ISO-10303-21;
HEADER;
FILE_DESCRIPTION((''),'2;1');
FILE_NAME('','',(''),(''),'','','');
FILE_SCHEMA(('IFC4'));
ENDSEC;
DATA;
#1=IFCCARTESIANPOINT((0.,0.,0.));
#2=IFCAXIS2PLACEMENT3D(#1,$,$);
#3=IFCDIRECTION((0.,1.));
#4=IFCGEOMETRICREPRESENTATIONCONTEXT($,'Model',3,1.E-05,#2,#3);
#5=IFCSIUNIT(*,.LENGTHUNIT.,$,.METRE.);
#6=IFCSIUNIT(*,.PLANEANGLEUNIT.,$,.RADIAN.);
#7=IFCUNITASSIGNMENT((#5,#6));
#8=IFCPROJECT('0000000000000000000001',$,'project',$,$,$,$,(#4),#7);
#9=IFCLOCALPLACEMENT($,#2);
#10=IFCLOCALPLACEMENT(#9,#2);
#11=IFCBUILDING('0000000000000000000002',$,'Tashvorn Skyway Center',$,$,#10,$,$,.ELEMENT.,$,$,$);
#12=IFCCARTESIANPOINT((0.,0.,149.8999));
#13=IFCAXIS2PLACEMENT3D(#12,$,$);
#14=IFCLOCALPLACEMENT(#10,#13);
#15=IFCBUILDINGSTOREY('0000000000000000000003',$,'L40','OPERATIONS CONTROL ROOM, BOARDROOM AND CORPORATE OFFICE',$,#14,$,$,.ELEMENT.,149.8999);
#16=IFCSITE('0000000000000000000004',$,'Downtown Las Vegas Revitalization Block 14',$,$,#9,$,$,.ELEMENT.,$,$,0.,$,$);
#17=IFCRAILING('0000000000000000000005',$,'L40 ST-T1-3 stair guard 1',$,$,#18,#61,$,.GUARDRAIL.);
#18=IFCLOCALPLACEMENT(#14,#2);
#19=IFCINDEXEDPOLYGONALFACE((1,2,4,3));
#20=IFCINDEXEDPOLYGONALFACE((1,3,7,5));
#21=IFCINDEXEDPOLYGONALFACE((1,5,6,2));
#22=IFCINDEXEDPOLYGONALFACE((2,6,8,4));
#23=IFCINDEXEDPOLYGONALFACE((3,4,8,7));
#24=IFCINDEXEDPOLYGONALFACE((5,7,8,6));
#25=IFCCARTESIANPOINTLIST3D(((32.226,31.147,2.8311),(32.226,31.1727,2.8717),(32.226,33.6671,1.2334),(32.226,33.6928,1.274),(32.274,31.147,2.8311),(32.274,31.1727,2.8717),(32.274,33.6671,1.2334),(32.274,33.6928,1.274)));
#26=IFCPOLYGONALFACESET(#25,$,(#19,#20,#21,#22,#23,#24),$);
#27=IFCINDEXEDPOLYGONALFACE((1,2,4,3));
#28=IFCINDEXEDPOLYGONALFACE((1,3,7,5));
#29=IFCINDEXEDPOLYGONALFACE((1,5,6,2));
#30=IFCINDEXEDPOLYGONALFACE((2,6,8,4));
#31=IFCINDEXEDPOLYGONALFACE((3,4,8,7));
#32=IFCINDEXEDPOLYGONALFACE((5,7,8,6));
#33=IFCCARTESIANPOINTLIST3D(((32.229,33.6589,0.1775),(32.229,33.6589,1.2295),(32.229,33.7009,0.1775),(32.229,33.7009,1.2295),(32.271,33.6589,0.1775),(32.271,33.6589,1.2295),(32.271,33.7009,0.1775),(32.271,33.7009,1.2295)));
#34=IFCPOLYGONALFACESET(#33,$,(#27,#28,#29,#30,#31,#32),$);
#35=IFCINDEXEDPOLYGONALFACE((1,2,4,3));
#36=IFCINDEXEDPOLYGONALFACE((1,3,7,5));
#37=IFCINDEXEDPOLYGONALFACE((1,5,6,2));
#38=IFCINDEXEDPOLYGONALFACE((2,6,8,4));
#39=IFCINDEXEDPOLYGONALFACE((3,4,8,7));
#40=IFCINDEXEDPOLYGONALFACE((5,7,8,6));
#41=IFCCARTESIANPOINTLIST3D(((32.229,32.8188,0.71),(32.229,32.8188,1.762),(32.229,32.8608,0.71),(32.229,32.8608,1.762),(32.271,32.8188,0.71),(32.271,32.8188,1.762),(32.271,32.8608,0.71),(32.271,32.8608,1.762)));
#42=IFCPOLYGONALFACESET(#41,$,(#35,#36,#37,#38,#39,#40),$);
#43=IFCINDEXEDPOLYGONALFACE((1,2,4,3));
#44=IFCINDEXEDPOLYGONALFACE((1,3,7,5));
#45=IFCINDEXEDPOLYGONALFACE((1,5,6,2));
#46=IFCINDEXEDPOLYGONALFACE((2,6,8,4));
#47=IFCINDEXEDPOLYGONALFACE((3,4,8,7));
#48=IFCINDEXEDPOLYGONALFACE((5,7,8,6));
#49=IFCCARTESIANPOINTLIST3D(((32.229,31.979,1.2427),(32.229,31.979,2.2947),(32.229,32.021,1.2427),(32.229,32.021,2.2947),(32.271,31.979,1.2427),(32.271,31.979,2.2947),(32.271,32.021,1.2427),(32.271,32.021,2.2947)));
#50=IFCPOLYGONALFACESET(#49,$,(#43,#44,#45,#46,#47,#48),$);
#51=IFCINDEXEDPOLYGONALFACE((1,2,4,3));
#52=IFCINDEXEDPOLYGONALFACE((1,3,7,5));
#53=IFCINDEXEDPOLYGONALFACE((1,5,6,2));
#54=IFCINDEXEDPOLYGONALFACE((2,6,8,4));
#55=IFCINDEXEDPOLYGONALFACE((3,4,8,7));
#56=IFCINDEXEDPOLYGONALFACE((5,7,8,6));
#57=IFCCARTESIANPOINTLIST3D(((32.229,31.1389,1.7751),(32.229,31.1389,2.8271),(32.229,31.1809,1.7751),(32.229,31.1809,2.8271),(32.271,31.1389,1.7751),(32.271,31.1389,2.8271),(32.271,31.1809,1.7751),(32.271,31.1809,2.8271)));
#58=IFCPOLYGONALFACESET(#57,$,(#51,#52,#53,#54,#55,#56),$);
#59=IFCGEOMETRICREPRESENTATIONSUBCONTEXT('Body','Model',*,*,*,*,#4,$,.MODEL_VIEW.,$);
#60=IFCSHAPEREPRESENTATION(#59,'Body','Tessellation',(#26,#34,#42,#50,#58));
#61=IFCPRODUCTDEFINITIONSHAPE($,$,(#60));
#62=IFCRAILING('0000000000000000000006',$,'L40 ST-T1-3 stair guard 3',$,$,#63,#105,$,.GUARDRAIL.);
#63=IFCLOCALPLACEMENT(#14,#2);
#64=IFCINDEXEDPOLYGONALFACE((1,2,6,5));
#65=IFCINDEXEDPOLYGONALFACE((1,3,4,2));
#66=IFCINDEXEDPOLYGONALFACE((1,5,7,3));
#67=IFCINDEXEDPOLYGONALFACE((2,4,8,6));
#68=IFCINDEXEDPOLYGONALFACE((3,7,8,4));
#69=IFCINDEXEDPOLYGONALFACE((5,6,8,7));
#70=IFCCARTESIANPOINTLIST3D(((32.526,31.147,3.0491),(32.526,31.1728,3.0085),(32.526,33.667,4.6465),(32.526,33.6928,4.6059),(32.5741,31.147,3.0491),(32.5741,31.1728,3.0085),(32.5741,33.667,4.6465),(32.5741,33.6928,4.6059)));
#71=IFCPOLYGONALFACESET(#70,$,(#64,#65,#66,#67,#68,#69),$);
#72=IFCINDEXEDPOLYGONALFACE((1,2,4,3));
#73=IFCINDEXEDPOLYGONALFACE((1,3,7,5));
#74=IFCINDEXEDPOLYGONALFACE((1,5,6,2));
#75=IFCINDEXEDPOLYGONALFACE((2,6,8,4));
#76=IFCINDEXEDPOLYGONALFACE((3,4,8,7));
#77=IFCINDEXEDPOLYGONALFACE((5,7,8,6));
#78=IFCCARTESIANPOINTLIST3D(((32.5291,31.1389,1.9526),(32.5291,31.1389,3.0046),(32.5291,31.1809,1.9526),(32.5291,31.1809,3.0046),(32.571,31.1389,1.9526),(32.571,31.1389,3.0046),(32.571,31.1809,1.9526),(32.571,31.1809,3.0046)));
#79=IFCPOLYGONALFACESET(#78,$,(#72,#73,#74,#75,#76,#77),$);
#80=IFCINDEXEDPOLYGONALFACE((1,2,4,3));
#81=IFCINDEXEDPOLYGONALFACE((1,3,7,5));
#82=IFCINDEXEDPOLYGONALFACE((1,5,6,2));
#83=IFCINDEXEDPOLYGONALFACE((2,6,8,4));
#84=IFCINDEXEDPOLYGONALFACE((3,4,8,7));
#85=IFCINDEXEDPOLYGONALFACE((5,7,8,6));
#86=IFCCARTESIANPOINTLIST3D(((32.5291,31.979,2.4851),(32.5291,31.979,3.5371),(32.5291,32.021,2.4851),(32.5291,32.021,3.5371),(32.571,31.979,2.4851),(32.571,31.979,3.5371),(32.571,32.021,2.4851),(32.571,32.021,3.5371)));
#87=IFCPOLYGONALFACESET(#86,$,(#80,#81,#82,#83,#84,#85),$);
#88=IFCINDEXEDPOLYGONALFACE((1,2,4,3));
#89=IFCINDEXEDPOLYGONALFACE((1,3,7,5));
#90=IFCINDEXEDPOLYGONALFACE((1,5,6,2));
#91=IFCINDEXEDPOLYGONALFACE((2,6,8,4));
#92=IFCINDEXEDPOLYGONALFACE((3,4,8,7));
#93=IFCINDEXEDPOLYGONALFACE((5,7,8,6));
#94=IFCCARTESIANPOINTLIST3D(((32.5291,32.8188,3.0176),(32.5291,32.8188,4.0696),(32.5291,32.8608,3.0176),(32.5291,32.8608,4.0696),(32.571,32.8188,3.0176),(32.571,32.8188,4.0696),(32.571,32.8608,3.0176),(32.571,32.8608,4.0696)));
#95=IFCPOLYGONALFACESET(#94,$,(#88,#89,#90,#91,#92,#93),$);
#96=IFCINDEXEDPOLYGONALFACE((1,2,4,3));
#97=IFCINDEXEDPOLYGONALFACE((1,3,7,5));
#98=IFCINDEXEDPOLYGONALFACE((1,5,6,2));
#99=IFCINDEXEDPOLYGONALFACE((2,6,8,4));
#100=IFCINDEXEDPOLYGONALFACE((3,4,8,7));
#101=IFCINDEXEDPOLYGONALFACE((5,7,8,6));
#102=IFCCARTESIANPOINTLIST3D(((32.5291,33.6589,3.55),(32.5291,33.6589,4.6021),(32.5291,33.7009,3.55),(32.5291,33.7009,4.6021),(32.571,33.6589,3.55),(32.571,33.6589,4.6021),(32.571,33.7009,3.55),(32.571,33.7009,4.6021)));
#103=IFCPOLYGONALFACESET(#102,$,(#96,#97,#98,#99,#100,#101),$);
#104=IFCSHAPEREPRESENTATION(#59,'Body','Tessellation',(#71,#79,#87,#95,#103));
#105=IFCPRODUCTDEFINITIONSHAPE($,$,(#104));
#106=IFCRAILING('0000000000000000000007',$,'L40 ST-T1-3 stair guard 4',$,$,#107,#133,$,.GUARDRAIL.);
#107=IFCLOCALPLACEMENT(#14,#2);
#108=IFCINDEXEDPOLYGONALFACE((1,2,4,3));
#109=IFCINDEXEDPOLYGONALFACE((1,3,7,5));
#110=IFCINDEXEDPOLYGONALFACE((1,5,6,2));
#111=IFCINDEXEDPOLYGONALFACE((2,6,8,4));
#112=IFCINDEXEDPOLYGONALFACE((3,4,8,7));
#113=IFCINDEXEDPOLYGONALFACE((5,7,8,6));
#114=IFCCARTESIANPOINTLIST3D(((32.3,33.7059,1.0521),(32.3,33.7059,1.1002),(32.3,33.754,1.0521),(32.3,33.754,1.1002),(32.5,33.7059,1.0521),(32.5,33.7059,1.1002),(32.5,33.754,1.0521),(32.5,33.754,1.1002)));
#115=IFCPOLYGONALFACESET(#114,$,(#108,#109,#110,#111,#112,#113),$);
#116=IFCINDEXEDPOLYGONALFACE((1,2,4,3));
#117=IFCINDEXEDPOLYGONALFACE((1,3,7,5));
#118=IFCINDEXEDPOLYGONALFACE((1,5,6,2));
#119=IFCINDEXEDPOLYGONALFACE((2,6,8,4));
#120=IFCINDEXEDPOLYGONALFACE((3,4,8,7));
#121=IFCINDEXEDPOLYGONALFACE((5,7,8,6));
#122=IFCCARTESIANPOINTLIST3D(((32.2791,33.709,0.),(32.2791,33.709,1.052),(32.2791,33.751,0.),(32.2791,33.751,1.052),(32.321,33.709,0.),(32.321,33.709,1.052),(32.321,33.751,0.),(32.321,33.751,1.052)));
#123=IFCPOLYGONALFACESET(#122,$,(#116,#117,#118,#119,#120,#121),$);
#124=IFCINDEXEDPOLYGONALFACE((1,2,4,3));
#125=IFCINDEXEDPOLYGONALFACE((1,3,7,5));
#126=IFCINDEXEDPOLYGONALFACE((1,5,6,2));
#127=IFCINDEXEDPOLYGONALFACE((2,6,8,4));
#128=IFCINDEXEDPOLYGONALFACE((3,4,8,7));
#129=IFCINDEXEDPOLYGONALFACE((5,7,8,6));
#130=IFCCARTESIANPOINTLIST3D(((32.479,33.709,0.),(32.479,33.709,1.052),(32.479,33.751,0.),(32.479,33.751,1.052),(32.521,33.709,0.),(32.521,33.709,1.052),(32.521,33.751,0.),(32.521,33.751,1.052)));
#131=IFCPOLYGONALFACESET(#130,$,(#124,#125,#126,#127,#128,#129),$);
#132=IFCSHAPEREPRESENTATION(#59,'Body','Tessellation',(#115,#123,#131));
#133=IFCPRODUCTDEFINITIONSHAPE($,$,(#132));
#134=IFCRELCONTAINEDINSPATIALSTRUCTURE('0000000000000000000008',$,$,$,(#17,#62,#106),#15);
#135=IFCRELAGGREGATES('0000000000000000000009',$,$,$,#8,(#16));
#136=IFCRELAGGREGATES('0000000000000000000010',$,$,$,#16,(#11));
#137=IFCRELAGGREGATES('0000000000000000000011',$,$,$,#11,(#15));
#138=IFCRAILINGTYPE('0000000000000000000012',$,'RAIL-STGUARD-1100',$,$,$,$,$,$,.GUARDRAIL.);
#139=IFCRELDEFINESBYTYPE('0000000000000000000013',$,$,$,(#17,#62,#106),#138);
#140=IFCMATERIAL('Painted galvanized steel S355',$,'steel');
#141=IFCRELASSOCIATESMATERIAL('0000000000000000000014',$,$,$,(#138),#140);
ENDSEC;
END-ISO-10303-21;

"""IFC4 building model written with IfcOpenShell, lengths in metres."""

from ifc_helpers import new_model, si_unit, direction, frame, origin, origin_2d, place, context, subcontext, project, spatial, rectangle, extrude, material, type_object, element, save


model = new_model("IFC4")

# Units and contexts
model_context = context("Model", 3, precision=1e-05, world=origin(), true_north=direction((0.0, 1.0)))
body_context = subcontext(model_context, "Body", "Model", "MODEL_VIEW")
ifc_project = project(units=[si_unit("LENGTHUNIT", "METRE"), si_unit("PLANEANGLEUNIT", "RADIAN")], contexts=[model_context])

# Site, building, storey
site_placement = place(None, origin())
site = spatial("IfcSite", under=ifc_project, at=site_placement, Name="Downtown Las Vegas Revitalization Block 14", CompositionType="ELEMENT", RefElevation=0.0)
building_placement = place(site_placement, origin())
building = spatial("IfcBuilding", under=site, at=building_placement, Name="Tashvorn Skyway Center", CompositionType="ELEMENT")
storey_placement = place(building_placement, frame((0.0, 0.0, 149.8999)))
storey = spatial("IfcBuildingStorey", under=building, at=storey_placement, Name="L40", Description="OPERATIONS CONTROL ROOM, BOARDROOM AND CORPORATE OFFICE", CompositionType="ELEMENT", Elevation=149.8999)

# Railings
ifc_material_1 = material(Name="Painted galvanized steel S355", Category="steel")
railing_type_1 = type_object("IfcRailingType", Name="RAIL-STGUARD-1100", PredefinedType="GUARDRAIL", material=ifc_material_1)
railing_1_placement = place(storey_placement, frame((32.25, 33.6799, 0.1775)))
element("IfcRailing", 1, at=railing_1_placement, inside=storey, type_object=railing_type_1, Name="L40 ST-T1-3 stair guard 1", PredefinedType="GUARDRAIL", context=body_context, shape_type="SweptSolid", body=[
    extrude(rectangle(XDim=0.0481, YDim=0.0481, at=origin_2d()), frame((0.0, 0.0, 1.0762), z_axis=(0.0, -0.84457, 0.535445), x_axis=(1.0, 0.0, 0.0)), (0.0, 0.0, 1.0), 2.9839),
    extrude(rectangle(XDim=0.042, YDim=0.042, at=origin_2d()), origin(), (0.0, 0.0, 1.0), 1.052),
    extrude(rectangle(XDim=0.042, YDim=0.042, at=origin_2d()), frame((0.0, -0.8401, 0.5325)), (0.0, 0.0, 1.0), 1.052),
    extrude(rectangle(XDim=0.042, YDim=0.042, at=origin_2d()), frame((0.0, -1.6799, 1.0652)), (0.0, 0.0, 1.0), 1.052),
    extrude(rectangle(XDim=0.042, YDim=0.042, at=origin_2d()), frame((0.0, -2.52, 1.5977)), (0.0, 0.0, 1.0), 1.052),
])
railing_2_placement = place(storey_placement, frame((32.55, 31.1599, 1.9526)))
element("IfcRailing", 2, at=railing_2_placement, inside=storey, type_object=railing_type_1, Name="L40 ST-T1-3 stair guard 3", PredefinedType="GUARDRAIL", context=body_context, shape_type="SweptSolid", body=[
    extrude(rectangle(XDim=0.0481, YDim=0.0481, at=origin_2d()), frame((0.0, 0.0, 1.0762), z_axis=(0.0, 0.844607, 0.535387), x_axis=(-1.0, 0.0, 0.0)), (0.0, 0.0, 1.0), 2.9836),
    extrude(rectangle(XDim=0.042, YDim=0.042, at=origin_2d()), origin(), (0.0, 0.0, 1.0), 1.052),
    extrude(rectangle(XDim=0.042, YDim=0.042, at=origin_2d()), frame((0.0, 0.8401, 0.5325)), (0.0, 0.0, 1.0), 1.052),
    extrude(rectangle(XDim=0.042, YDim=0.042, at=origin_2d()), frame((0.0, 1.6799, 1.0649)), (0.0, 0.0, 1.0), 1.052),
    extrude(rectangle(XDim=0.042, YDim=0.042, at=origin_2d()), frame((0.0, 2.52, 1.5974)), (0.0, 0.0, 1.0), 1.052),
])
railing_3_placement = place(storey_placement, frame((32.3, 33.73, 0.0)))
element("IfcRailing", 3, at=railing_3_placement, inside=storey, type_object=railing_type_1, Name="L40 ST-T1-3 stair guard 4", PredefinedType="GUARDRAIL", context=body_context, shape_type="SweptSolid", body=[
    extrude(rectangle(XDim=0.0481, YDim=0.0481, at=origin_2d()), frame((0.0, 0.0, 1.0762), z_axis=(1.0, 0.0, 0.0), x_axis=(0.0, 1.0, 0.0)), (0.0, 0.0, 1.0), 0.2),
    extrude(rectangle(XDim=0.042, YDim=0.042, at=origin_2d()), origin(), (0.0, 0.0, 1.0), 1.052),
    extrude(rectangle(XDim=0.042, YDim=0.042, at=origin_2d()), frame((0.2, 0.0, 0.0)), (0.0, 0.0, 1.0), 1.052),
])

save(model, "model.ifc")
